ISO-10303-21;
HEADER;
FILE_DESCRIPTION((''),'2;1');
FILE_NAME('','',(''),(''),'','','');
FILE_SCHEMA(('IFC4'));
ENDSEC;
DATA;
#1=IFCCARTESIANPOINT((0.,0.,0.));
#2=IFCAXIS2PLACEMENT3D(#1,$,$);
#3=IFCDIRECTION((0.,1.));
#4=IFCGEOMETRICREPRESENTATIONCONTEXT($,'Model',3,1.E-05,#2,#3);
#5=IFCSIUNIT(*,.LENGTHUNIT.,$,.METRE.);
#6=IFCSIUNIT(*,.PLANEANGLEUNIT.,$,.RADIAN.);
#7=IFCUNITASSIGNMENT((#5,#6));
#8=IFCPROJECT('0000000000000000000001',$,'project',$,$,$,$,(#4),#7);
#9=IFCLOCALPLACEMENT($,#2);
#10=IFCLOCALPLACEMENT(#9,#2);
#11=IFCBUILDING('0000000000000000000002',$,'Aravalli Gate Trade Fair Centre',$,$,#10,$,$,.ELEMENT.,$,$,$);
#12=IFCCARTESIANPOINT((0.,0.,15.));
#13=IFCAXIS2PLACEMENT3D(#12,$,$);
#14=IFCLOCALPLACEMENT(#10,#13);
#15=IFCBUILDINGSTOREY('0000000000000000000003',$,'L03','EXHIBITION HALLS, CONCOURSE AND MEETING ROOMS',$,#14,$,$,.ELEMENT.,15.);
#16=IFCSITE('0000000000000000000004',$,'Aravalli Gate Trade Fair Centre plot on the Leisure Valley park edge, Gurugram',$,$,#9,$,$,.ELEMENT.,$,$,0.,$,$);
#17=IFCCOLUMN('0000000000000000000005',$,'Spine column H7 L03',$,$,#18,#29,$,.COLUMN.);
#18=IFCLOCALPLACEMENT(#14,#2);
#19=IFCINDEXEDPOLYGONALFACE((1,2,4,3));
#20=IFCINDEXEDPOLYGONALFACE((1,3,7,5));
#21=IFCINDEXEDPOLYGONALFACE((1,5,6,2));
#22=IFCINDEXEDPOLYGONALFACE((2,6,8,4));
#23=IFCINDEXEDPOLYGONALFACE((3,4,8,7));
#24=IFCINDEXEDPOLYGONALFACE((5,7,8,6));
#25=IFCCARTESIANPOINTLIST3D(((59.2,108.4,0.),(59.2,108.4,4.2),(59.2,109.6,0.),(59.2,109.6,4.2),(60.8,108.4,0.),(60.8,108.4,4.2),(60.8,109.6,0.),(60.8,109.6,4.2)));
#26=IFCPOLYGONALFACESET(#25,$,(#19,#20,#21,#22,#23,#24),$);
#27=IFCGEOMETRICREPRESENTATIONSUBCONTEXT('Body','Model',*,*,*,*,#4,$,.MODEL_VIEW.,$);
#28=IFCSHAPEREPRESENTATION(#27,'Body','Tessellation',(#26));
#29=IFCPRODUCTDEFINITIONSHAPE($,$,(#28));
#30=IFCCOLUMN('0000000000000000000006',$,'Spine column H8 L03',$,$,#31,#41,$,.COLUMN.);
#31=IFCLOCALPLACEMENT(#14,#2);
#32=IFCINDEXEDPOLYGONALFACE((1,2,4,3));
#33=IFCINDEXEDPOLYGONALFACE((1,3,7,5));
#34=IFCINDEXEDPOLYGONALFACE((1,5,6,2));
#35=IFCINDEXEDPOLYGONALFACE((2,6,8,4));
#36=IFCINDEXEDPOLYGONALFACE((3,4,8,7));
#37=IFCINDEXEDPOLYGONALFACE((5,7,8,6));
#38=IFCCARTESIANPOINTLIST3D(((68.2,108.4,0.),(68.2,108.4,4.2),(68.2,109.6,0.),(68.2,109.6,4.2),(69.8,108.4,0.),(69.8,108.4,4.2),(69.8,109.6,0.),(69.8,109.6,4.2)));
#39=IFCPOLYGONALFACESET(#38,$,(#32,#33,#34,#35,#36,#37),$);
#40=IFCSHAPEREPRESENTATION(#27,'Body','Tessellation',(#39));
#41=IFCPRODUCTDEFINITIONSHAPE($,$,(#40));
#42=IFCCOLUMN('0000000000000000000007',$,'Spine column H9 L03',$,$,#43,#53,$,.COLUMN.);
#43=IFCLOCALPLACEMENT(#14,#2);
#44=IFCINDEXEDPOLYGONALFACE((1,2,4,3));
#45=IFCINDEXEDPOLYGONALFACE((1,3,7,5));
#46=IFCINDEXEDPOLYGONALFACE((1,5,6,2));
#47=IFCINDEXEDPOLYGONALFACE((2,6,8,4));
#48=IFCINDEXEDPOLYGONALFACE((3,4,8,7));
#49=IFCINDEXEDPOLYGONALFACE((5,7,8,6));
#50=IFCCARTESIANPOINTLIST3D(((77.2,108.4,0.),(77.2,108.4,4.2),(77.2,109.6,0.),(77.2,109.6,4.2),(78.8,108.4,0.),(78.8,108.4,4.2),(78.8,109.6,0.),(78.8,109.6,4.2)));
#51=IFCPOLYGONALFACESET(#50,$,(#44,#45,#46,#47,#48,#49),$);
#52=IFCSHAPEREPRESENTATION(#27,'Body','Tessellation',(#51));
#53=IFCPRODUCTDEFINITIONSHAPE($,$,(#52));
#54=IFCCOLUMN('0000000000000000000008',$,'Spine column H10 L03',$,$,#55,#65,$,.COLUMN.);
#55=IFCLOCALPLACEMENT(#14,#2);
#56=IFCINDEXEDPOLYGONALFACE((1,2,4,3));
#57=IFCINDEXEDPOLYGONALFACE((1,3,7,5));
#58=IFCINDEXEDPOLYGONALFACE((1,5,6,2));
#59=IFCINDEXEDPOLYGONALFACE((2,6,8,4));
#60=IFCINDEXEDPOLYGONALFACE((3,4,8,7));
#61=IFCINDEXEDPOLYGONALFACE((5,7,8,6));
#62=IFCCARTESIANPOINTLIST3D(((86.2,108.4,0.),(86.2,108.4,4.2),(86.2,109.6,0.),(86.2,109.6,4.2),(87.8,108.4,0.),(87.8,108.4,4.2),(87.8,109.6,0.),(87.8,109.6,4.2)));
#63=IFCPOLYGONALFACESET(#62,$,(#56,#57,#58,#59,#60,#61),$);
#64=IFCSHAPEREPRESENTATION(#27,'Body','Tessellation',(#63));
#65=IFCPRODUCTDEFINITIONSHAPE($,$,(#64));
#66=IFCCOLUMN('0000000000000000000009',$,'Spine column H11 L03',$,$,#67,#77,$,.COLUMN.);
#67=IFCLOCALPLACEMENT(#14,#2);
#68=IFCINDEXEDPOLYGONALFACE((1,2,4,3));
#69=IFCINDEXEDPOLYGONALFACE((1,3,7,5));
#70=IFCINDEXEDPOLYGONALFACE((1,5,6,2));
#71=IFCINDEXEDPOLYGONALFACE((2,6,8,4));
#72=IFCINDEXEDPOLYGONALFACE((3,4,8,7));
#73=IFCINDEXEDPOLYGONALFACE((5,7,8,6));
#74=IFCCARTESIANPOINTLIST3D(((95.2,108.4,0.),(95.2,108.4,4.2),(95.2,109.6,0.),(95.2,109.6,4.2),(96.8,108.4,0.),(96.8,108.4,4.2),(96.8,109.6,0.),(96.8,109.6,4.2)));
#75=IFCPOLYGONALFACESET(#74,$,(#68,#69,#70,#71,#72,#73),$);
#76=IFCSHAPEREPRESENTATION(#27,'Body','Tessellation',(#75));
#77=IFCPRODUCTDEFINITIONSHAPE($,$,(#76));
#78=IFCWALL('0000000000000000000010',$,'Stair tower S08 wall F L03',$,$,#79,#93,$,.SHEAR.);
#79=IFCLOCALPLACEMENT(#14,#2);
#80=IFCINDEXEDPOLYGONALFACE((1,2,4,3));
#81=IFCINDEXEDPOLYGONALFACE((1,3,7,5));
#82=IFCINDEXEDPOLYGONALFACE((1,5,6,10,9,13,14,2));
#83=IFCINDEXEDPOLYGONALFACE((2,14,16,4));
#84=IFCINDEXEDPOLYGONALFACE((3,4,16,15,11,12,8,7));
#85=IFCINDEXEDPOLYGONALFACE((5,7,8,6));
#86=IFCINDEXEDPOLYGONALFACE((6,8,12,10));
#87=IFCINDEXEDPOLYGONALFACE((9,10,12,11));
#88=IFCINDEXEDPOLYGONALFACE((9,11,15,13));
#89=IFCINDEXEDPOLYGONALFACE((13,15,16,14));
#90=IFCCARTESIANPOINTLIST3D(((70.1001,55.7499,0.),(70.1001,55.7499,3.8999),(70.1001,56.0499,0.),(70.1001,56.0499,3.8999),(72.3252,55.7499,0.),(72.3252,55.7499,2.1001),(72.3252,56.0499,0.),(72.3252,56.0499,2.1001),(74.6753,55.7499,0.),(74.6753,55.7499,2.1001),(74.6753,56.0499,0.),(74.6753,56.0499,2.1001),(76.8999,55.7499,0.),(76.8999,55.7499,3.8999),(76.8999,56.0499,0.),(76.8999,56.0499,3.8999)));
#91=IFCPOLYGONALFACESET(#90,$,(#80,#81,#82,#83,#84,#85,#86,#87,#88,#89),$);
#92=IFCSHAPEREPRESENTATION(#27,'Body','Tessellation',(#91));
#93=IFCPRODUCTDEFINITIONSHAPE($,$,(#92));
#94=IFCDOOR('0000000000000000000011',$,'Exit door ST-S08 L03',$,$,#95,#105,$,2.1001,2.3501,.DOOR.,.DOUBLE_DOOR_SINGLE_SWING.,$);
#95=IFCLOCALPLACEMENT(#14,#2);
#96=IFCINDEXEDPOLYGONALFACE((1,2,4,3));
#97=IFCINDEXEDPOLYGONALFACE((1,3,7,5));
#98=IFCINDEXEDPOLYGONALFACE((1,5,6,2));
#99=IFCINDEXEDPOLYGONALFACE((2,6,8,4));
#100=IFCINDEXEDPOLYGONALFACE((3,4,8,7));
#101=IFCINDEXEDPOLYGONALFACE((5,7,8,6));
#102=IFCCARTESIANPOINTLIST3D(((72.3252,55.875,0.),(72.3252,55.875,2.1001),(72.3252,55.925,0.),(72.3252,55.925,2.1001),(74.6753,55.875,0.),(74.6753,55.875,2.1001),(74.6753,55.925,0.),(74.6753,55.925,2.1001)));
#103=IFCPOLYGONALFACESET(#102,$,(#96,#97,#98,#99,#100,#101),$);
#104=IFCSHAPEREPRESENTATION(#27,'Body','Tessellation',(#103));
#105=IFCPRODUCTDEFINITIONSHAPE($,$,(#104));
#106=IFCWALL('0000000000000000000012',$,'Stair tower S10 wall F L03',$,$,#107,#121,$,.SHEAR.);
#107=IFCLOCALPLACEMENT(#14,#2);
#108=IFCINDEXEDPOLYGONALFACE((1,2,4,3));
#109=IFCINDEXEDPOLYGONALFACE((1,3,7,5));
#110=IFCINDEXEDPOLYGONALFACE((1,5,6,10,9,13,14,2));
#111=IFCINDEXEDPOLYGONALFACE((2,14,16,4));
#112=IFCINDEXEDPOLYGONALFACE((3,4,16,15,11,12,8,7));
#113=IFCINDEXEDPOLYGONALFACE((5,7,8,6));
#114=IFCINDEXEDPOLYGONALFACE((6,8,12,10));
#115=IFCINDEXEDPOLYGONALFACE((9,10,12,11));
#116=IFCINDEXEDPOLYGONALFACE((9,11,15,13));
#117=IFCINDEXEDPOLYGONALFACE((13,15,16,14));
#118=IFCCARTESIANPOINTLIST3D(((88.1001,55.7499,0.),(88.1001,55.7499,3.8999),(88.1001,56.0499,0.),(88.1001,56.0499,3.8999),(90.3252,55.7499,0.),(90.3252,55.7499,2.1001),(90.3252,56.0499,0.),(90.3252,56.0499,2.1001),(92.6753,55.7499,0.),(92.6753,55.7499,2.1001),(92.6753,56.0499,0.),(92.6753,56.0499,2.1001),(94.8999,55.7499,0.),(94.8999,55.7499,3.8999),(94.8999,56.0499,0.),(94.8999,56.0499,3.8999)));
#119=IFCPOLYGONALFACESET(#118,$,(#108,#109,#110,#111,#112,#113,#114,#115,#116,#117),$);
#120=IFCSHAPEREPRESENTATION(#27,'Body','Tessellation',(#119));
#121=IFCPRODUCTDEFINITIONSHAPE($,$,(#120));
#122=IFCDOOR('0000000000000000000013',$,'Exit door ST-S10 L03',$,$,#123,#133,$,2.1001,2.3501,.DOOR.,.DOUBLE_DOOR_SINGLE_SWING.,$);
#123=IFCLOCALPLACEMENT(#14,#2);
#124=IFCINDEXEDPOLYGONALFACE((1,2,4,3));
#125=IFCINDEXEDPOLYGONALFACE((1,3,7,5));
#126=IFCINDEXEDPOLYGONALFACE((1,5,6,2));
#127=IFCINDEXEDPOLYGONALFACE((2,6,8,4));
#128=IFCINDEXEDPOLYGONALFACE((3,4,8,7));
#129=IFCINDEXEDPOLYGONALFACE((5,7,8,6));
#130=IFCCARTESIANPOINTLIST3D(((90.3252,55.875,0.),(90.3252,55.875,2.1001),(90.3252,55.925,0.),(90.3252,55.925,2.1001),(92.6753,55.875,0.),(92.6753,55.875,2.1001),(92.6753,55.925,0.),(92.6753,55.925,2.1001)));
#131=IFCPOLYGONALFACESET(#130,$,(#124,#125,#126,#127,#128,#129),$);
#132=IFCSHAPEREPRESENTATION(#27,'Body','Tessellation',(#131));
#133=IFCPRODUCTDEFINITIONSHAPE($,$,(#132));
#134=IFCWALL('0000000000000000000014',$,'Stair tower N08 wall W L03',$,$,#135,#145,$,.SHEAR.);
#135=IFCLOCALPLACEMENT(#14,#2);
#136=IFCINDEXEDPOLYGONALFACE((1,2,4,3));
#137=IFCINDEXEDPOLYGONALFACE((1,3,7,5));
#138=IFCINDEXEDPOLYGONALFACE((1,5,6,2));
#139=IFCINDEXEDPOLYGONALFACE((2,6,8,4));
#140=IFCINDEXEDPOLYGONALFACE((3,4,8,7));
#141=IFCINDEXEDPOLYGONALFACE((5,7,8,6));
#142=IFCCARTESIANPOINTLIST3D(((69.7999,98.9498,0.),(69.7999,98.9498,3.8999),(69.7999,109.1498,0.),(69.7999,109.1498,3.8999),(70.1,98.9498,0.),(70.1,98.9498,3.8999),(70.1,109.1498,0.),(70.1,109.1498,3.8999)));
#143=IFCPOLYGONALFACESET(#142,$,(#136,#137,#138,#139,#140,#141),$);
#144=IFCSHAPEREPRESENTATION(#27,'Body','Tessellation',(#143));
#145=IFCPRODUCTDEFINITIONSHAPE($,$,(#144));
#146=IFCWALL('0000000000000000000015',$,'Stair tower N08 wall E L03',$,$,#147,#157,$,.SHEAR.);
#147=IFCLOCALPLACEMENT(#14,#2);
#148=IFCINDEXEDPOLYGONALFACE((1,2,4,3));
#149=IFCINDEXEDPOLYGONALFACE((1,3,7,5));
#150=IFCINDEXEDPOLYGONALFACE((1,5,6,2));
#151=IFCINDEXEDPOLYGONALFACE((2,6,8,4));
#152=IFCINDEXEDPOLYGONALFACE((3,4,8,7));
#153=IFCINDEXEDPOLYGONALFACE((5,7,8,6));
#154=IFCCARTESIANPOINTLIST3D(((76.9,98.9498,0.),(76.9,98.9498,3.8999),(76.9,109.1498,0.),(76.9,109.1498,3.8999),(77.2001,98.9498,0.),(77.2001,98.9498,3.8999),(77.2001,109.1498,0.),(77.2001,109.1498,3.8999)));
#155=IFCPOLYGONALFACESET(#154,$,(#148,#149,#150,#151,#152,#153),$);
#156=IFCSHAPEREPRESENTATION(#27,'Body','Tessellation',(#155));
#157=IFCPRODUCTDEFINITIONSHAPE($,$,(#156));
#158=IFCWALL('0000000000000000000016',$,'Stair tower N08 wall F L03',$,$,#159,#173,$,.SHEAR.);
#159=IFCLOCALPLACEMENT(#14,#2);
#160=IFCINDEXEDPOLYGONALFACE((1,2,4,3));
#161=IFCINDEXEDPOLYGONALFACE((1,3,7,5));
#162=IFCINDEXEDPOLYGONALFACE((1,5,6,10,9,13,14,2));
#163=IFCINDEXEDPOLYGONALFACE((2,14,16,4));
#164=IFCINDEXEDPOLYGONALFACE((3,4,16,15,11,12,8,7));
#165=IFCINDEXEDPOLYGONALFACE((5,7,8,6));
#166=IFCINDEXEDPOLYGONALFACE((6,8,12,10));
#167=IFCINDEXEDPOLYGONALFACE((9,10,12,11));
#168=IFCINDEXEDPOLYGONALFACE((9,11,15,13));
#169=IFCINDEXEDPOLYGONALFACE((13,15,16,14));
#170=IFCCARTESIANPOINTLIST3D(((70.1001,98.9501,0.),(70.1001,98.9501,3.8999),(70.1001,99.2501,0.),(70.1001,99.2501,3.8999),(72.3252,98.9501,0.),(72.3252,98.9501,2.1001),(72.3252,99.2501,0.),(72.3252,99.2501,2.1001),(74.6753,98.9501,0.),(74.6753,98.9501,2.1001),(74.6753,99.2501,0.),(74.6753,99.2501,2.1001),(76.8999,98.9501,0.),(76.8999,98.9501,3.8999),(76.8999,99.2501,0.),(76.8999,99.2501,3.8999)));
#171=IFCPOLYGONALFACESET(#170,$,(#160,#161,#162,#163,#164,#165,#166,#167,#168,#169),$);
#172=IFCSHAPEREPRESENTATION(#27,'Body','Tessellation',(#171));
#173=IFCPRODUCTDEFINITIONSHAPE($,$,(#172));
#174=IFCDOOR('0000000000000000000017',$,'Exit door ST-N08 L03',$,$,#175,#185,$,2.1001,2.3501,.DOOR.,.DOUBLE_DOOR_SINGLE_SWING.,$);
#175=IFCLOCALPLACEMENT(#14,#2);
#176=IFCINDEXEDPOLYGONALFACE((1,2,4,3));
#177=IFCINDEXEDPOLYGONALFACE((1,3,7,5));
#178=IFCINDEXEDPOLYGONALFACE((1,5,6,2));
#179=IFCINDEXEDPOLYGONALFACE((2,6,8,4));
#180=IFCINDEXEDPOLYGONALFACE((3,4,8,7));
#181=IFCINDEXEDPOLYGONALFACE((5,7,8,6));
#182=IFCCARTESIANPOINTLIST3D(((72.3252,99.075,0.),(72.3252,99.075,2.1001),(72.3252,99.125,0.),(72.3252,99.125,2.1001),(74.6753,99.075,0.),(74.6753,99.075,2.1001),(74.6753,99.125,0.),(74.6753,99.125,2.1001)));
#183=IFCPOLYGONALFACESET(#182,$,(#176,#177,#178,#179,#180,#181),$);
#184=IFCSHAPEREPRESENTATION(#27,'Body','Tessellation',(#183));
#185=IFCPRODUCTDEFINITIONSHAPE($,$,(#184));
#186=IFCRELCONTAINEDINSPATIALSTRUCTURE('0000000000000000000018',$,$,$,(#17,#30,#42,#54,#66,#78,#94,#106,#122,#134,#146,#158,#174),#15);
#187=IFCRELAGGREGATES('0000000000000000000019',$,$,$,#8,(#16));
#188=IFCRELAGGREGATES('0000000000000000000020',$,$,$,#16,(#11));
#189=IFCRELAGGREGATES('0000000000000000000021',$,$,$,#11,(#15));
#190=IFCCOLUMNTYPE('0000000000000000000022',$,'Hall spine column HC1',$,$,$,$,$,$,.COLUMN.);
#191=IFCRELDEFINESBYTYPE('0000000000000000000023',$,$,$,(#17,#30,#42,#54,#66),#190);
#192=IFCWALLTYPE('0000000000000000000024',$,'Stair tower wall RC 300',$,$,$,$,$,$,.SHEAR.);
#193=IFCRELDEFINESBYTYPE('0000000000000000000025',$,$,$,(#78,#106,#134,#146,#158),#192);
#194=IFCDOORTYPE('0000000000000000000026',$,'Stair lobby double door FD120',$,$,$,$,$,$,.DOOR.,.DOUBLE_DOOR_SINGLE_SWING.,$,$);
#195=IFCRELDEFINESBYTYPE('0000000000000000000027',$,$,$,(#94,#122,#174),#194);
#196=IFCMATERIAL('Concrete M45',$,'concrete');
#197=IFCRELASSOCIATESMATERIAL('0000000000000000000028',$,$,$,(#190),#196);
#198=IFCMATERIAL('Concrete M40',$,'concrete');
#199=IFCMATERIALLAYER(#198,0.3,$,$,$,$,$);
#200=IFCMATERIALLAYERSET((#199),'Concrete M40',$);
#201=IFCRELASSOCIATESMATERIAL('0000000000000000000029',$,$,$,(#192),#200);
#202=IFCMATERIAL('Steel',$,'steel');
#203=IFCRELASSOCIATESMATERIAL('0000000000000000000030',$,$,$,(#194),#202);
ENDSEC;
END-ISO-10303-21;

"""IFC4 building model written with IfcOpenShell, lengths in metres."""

from ifc_helpers import new_model, si_unit, direction, frame, frame_2d, origin, origin_2d, place, context, subcontext, project, spatial, rectangle, extrude, material, layer, layer_set, material_profile, profile_set, type_object, element, fill, save


model = new_model("IFC4")

# Units and contexts
model_context = context("Model", 3, precision=1e-05, world=origin(), true_north=direction((0.0, 1.0)))
body_context = subcontext(model_context, "Body", "Model", "MODEL_VIEW")
ifc_project = project(units=[si_unit("LENGTHUNIT", "METRE"), si_unit("PLANEANGLEUNIT", "RADIAN")], contexts=[model_context])

# Site, building, storey
site_placement = place(None, origin())
site = spatial("IfcSite", under=ifc_project, at=site_placement, Name="Aravalli Gate Trade Fair Centre plot on the Leisure Valley park edge, Gurugram", CompositionType="ELEMENT", RefElevation=0.0)
building_placement = place(site_placement, origin())
building = spatial("IfcBuilding", under=site, at=building_placement, Name="Aravalli Gate Trade Fair Centre", CompositionType="ELEMENT")
storey_placement = place(building_placement, frame((0.0, 0.0, 15.0)))
storey = spatial("IfcBuildingStorey", under=building, at=storey_placement, Name="L03", Description="EXHIBITION HALLS, CONCOURSE AND MEETING ROOMS", CompositionType="ELEMENT", Elevation=15.0)

# Columns
ifc_material_1 = material(Name="Concrete M45", Category="concrete")
ifc_material_profile = material_profile(ifc_material_1, rectangle(XDim=1.6001, YDim=1.2, at=origin_2d()), Name="RC 1600x1200")
ifc_profile_set = profile_set([ifc_material_profile], Name="Concrete M45")
column_type = type_object("IfcColumnType", Name="Hall spine column HC1", PredefinedType="COLUMN", material=ifc_profile_set)
for number, where, z_axis, x_axis, name in (
    (1, (60.0, 109.0, 0.0), (0.0, 0.0, 1.0), (1.0, 0.0, 0.0), "Spine column H7 L03"),
    (2, (69.0, 109.0, 0.0), (0.0, 0.0, 1.0), (1.0, 0.0, 0.0), "Spine column H8 L03"),
    (3, (78.0, 109.0, 0.0), (0.0, 0.0, 1.0), (1.0, 0.0, 0.0), "Spine column H9 L03"),
    (4, (87.0, 109.0, 0.0), (0.0, 0.0, 1.0), (1.0, 0.0, 0.0), "Spine column H10 L03"),
    (5, (96.0, 109.0, 0.0), (0.0, 0.0, 1.0), (1.0, 0.0, 0.0), "Spine column H11 L03"),
):
    element("IfcColumn", number, at=place(storey_placement, frame(where, z_axis=z_axis, x_axis=x_axis)), inside=storey, type_object=column_type, Name=name, PredefinedType="COLUMN", context=body_context, shape_type="SweptSolid", body=[
        extrude(rectangle(XDim=1.6001, YDim=1.2, at=origin_2d()), origin(), (0.0, 0.0, 1.0), 4.2),
    ])

# Walls, openings, doors
ifc_material_2 = material(Name="Concrete M40", Category="concrete")
ifc_layer_1 = layer(ifc_material_2, 0.3)
ifc_layer_set_1 = layer_set([ifc_layer_1], Name="Concrete M40")
wall_type_1 = type_object("IfcWallType", Name="Stair tower wall RC 300", PredefinedType="SHEAR", material=ifc_layer_set_1)
wall_1_placement = place(storey_placement, frame((70.1001, 55.8999, 0.0), z_axis=(0.0, 0.0, 1.0), x_axis=(1.0, 0.0, 0.0)))
wall_1 = element("IfcWall", 6, at=wall_1_placement, inside=storey, type_object=wall_type_1, Name="Stair tower S08 wall F L03", PredefinedType="SHEAR", context=body_context, shape_type="SweptSolid", body=[
    extrude(rectangle(XDim=6.7998, YDim=0.3, at=frame_2d((3.3999, 0.0))), origin(), (0.0, 0.0, 1.0), 3.8999),
])
opening_1_placement = place(wall_1_placement, frame((2.2251, 0.0, 0.0)))
opening_1 = element("IfcOpeningElement", 7, at=opening_1_placement, cuts=wall_1, PredefinedType="OPENING", context=body_context, shape_type="SweptSolid", body=[
    extrude(rectangle(XDim=2.3501, YDim=2.1001, at=frame_2d((1.175, 1.05))), frame((0.0, 0.1599, 0.0), z_axis=(0.0, -1.0, 0.0), x_axis=(1.0, 0.0, 0.0)), (0.0, 0.0, 1.0), 0.3201),
])
ifc_material_3 = material(Name="Steel", Category="steel")
door_type_1 = type_object("IfcDoorType", Name="Stair lobby double door FD120", OperationType="DOUBLE_DOOR_SINGLE_SWING", PredefinedType="DOOR", material=ifc_material_3)
door_1_placement = place(opening_1_placement, frame((2.3501, 0.0, 0.0), z_axis=(0.0, 0.0, 1.0), x_axis=(-1.0, 0.0, 0.0)))
door_1 = element("IfcDoor", 8, at=door_1_placement, inside=storey, type_object=door_type_1, Name="Exit door ST-S08 L03", OperationType="DOUBLE_DOOR_SINGLE_SWING", OverallHeight=2.1001, OverallWidth=2.3501, PredefinedType="DOOR", context=body_context, shape_type="SweptSolid", body=[
    extrude(rectangle(XDim=2.3501, YDim=2.1001, at=frame_2d((1.175, 1.05))), frame((0.0, 0.0249, 0.0), z_axis=(0.0, -1.0, 0.0), x_axis=(1.0, 0.0, 0.0)), (0.0, 0.0, 1.0), 0.05),
])
fill(opening_1, door_1)
wall_2_placement = place(storey_placement, frame((88.1001, 55.8999, 0.0), z_axis=(0.0, 0.0, 1.0), x_axis=(1.0, 0.0, 0.0)))
wall_2 = element("IfcWall", 9, at=wall_2_placement, inside=storey, type_object=wall_type_1, Name="Stair tower S10 wall F L03", PredefinedType="SHEAR", context=body_context, shape_type="SweptSolid", body=[
    extrude(rectangle(XDim=6.7998, YDim=0.3, at=frame_2d((3.3999, 0.0))), origin(), (0.0, 0.0, 1.0), 3.8999),
])
opening_2_placement = place(wall_2_placement, frame((2.2251, 0.0, 0.0)))
opening_2 = element("IfcOpeningElement", 10, at=opening_2_placement, cuts=wall_2, PredefinedType="OPENING", context=body_context, shape_type="SweptSolid", body=[
    extrude(rectangle(XDim=2.3501, YDim=2.1001, at=frame_2d((1.175, 1.05))), frame((0.0, 0.1599, 0.0), z_axis=(0.0, -1.0, 0.0), x_axis=(1.0, 0.0, 0.0)), (0.0, 0.0, 1.0), 0.3201),
])
door_2_placement = place(opening_2_placement, frame((2.3501, 0.0, 0.0), z_axis=(0.0, 0.0, 1.0), x_axis=(-1.0, 0.0, 0.0)))
door_2 = element("IfcDoor", 11, at=door_2_placement, inside=storey, type_object=door_type_1, Name="Exit door ST-S10 L03", OperationType="DOUBLE_DOOR_SINGLE_SWING", OverallHeight=2.1001, OverallWidth=2.3501, PredefinedType="DOOR", context=body_context, shape_type="SweptSolid", body=[
    extrude(rectangle(XDim=2.3501, YDim=2.1001, at=frame_2d((1.175, 1.05))), frame((0.0, 0.0249, 0.0), z_axis=(0.0, -1.0, 0.0), x_axis=(1.0, 0.0, 0.0)), (0.0, 0.0, 1.0), 0.05),
])
fill(opening_2, door_2)

# Walls
for number, where, z_axis, x_axis, name in (
    (12, (69.95, 109.1499, 0.0), (0.0, 0.0, 1.0), (0.0, -1.0, 0.0), "Stair tower N08 wall W L03"),
    (13, (77.05, 109.1499, 0.0), (0.0, 0.0, 1.0), (0.0, -1.0, 0.0), "Stair tower N08 wall E L03"),
):
    element("IfcWall", number, at=place(storey_placement, frame(where, z_axis=z_axis, x_axis=x_axis)), inside=storey, type_object=wall_type_1, Name=name, PredefinedType="SHEAR", context=body_context, shape_type="SweptSolid", body=[
        extrude(rectangle(XDim=10.2, YDim=0.3, at=frame_2d((5.1001, 0.0))), origin(), (0.0, 0.0, 1.0), 3.8999),
    ])

# Wall, opening, door
wall_3_placement = place(storey_placement, frame((70.1001, 99.1001, 0.0), z_axis=(0.0, 0.0, 1.0), x_axis=(1.0, 0.0, 0.0)))
wall_3 = element("IfcWall", 14, at=wall_3_placement, inside=storey, type_object=wall_type_1, Name="Stair tower N08 wall F L03", PredefinedType="SHEAR", context=body_context, shape_type="SweptSolid", body=[
    extrude(rectangle(XDim=6.7998, YDim=0.3, at=frame_2d((3.3999, 0.0))), origin(), (0.0, 0.0, 1.0), 3.8999),
])
opening_3_placement = place(wall_3_placement, frame((2.2251, 0.0, 0.0)))
opening_3 = element("IfcOpeningElement", 15, at=opening_3_placement, cuts=wall_3, PredefinedType="OPENING", context=body_context, shape_type="SweptSolid", body=[
    extrude(rectangle(XDim=2.3501, YDim=2.1001, at=frame_2d((1.175, 1.05))), frame((0.0, 0.1599, 0.0), z_axis=(0.0, -1.0, 0.0), x_axis=(1.0, 0.0, 0.0)), (0.0, 0.0, 1.0), 0.3201),
])
door_3_placement = place(opening_3_placement, origin())
door_3 = element("IfcDoor", 16, at=door_3_placement, inside=storey, type_object=door_type_1, Name="Exit door ST-N08 L03", OperationType="DOUBLE_DOOR_SINGLE_SWING", OverallHeight=2.1001, OverallWidth=2.3501, PredefinedType="DOOR", context=body_context, shape_type="SweptSolid", body=[
    extrude(rectangle(XDim=2.3501, YDim=2.1001, at=frame_2d((1.175, 1.05))), frame((0.0, 0.0249, 0.0), z_axis=(0.0, -1.0, 0.0), x_axis=(1.0, 0.0, 0.0)), (0.0, 0.0, 1.0), 0.05),
])
fill(opening_3, door_3)

save(model, "model.ifc")
